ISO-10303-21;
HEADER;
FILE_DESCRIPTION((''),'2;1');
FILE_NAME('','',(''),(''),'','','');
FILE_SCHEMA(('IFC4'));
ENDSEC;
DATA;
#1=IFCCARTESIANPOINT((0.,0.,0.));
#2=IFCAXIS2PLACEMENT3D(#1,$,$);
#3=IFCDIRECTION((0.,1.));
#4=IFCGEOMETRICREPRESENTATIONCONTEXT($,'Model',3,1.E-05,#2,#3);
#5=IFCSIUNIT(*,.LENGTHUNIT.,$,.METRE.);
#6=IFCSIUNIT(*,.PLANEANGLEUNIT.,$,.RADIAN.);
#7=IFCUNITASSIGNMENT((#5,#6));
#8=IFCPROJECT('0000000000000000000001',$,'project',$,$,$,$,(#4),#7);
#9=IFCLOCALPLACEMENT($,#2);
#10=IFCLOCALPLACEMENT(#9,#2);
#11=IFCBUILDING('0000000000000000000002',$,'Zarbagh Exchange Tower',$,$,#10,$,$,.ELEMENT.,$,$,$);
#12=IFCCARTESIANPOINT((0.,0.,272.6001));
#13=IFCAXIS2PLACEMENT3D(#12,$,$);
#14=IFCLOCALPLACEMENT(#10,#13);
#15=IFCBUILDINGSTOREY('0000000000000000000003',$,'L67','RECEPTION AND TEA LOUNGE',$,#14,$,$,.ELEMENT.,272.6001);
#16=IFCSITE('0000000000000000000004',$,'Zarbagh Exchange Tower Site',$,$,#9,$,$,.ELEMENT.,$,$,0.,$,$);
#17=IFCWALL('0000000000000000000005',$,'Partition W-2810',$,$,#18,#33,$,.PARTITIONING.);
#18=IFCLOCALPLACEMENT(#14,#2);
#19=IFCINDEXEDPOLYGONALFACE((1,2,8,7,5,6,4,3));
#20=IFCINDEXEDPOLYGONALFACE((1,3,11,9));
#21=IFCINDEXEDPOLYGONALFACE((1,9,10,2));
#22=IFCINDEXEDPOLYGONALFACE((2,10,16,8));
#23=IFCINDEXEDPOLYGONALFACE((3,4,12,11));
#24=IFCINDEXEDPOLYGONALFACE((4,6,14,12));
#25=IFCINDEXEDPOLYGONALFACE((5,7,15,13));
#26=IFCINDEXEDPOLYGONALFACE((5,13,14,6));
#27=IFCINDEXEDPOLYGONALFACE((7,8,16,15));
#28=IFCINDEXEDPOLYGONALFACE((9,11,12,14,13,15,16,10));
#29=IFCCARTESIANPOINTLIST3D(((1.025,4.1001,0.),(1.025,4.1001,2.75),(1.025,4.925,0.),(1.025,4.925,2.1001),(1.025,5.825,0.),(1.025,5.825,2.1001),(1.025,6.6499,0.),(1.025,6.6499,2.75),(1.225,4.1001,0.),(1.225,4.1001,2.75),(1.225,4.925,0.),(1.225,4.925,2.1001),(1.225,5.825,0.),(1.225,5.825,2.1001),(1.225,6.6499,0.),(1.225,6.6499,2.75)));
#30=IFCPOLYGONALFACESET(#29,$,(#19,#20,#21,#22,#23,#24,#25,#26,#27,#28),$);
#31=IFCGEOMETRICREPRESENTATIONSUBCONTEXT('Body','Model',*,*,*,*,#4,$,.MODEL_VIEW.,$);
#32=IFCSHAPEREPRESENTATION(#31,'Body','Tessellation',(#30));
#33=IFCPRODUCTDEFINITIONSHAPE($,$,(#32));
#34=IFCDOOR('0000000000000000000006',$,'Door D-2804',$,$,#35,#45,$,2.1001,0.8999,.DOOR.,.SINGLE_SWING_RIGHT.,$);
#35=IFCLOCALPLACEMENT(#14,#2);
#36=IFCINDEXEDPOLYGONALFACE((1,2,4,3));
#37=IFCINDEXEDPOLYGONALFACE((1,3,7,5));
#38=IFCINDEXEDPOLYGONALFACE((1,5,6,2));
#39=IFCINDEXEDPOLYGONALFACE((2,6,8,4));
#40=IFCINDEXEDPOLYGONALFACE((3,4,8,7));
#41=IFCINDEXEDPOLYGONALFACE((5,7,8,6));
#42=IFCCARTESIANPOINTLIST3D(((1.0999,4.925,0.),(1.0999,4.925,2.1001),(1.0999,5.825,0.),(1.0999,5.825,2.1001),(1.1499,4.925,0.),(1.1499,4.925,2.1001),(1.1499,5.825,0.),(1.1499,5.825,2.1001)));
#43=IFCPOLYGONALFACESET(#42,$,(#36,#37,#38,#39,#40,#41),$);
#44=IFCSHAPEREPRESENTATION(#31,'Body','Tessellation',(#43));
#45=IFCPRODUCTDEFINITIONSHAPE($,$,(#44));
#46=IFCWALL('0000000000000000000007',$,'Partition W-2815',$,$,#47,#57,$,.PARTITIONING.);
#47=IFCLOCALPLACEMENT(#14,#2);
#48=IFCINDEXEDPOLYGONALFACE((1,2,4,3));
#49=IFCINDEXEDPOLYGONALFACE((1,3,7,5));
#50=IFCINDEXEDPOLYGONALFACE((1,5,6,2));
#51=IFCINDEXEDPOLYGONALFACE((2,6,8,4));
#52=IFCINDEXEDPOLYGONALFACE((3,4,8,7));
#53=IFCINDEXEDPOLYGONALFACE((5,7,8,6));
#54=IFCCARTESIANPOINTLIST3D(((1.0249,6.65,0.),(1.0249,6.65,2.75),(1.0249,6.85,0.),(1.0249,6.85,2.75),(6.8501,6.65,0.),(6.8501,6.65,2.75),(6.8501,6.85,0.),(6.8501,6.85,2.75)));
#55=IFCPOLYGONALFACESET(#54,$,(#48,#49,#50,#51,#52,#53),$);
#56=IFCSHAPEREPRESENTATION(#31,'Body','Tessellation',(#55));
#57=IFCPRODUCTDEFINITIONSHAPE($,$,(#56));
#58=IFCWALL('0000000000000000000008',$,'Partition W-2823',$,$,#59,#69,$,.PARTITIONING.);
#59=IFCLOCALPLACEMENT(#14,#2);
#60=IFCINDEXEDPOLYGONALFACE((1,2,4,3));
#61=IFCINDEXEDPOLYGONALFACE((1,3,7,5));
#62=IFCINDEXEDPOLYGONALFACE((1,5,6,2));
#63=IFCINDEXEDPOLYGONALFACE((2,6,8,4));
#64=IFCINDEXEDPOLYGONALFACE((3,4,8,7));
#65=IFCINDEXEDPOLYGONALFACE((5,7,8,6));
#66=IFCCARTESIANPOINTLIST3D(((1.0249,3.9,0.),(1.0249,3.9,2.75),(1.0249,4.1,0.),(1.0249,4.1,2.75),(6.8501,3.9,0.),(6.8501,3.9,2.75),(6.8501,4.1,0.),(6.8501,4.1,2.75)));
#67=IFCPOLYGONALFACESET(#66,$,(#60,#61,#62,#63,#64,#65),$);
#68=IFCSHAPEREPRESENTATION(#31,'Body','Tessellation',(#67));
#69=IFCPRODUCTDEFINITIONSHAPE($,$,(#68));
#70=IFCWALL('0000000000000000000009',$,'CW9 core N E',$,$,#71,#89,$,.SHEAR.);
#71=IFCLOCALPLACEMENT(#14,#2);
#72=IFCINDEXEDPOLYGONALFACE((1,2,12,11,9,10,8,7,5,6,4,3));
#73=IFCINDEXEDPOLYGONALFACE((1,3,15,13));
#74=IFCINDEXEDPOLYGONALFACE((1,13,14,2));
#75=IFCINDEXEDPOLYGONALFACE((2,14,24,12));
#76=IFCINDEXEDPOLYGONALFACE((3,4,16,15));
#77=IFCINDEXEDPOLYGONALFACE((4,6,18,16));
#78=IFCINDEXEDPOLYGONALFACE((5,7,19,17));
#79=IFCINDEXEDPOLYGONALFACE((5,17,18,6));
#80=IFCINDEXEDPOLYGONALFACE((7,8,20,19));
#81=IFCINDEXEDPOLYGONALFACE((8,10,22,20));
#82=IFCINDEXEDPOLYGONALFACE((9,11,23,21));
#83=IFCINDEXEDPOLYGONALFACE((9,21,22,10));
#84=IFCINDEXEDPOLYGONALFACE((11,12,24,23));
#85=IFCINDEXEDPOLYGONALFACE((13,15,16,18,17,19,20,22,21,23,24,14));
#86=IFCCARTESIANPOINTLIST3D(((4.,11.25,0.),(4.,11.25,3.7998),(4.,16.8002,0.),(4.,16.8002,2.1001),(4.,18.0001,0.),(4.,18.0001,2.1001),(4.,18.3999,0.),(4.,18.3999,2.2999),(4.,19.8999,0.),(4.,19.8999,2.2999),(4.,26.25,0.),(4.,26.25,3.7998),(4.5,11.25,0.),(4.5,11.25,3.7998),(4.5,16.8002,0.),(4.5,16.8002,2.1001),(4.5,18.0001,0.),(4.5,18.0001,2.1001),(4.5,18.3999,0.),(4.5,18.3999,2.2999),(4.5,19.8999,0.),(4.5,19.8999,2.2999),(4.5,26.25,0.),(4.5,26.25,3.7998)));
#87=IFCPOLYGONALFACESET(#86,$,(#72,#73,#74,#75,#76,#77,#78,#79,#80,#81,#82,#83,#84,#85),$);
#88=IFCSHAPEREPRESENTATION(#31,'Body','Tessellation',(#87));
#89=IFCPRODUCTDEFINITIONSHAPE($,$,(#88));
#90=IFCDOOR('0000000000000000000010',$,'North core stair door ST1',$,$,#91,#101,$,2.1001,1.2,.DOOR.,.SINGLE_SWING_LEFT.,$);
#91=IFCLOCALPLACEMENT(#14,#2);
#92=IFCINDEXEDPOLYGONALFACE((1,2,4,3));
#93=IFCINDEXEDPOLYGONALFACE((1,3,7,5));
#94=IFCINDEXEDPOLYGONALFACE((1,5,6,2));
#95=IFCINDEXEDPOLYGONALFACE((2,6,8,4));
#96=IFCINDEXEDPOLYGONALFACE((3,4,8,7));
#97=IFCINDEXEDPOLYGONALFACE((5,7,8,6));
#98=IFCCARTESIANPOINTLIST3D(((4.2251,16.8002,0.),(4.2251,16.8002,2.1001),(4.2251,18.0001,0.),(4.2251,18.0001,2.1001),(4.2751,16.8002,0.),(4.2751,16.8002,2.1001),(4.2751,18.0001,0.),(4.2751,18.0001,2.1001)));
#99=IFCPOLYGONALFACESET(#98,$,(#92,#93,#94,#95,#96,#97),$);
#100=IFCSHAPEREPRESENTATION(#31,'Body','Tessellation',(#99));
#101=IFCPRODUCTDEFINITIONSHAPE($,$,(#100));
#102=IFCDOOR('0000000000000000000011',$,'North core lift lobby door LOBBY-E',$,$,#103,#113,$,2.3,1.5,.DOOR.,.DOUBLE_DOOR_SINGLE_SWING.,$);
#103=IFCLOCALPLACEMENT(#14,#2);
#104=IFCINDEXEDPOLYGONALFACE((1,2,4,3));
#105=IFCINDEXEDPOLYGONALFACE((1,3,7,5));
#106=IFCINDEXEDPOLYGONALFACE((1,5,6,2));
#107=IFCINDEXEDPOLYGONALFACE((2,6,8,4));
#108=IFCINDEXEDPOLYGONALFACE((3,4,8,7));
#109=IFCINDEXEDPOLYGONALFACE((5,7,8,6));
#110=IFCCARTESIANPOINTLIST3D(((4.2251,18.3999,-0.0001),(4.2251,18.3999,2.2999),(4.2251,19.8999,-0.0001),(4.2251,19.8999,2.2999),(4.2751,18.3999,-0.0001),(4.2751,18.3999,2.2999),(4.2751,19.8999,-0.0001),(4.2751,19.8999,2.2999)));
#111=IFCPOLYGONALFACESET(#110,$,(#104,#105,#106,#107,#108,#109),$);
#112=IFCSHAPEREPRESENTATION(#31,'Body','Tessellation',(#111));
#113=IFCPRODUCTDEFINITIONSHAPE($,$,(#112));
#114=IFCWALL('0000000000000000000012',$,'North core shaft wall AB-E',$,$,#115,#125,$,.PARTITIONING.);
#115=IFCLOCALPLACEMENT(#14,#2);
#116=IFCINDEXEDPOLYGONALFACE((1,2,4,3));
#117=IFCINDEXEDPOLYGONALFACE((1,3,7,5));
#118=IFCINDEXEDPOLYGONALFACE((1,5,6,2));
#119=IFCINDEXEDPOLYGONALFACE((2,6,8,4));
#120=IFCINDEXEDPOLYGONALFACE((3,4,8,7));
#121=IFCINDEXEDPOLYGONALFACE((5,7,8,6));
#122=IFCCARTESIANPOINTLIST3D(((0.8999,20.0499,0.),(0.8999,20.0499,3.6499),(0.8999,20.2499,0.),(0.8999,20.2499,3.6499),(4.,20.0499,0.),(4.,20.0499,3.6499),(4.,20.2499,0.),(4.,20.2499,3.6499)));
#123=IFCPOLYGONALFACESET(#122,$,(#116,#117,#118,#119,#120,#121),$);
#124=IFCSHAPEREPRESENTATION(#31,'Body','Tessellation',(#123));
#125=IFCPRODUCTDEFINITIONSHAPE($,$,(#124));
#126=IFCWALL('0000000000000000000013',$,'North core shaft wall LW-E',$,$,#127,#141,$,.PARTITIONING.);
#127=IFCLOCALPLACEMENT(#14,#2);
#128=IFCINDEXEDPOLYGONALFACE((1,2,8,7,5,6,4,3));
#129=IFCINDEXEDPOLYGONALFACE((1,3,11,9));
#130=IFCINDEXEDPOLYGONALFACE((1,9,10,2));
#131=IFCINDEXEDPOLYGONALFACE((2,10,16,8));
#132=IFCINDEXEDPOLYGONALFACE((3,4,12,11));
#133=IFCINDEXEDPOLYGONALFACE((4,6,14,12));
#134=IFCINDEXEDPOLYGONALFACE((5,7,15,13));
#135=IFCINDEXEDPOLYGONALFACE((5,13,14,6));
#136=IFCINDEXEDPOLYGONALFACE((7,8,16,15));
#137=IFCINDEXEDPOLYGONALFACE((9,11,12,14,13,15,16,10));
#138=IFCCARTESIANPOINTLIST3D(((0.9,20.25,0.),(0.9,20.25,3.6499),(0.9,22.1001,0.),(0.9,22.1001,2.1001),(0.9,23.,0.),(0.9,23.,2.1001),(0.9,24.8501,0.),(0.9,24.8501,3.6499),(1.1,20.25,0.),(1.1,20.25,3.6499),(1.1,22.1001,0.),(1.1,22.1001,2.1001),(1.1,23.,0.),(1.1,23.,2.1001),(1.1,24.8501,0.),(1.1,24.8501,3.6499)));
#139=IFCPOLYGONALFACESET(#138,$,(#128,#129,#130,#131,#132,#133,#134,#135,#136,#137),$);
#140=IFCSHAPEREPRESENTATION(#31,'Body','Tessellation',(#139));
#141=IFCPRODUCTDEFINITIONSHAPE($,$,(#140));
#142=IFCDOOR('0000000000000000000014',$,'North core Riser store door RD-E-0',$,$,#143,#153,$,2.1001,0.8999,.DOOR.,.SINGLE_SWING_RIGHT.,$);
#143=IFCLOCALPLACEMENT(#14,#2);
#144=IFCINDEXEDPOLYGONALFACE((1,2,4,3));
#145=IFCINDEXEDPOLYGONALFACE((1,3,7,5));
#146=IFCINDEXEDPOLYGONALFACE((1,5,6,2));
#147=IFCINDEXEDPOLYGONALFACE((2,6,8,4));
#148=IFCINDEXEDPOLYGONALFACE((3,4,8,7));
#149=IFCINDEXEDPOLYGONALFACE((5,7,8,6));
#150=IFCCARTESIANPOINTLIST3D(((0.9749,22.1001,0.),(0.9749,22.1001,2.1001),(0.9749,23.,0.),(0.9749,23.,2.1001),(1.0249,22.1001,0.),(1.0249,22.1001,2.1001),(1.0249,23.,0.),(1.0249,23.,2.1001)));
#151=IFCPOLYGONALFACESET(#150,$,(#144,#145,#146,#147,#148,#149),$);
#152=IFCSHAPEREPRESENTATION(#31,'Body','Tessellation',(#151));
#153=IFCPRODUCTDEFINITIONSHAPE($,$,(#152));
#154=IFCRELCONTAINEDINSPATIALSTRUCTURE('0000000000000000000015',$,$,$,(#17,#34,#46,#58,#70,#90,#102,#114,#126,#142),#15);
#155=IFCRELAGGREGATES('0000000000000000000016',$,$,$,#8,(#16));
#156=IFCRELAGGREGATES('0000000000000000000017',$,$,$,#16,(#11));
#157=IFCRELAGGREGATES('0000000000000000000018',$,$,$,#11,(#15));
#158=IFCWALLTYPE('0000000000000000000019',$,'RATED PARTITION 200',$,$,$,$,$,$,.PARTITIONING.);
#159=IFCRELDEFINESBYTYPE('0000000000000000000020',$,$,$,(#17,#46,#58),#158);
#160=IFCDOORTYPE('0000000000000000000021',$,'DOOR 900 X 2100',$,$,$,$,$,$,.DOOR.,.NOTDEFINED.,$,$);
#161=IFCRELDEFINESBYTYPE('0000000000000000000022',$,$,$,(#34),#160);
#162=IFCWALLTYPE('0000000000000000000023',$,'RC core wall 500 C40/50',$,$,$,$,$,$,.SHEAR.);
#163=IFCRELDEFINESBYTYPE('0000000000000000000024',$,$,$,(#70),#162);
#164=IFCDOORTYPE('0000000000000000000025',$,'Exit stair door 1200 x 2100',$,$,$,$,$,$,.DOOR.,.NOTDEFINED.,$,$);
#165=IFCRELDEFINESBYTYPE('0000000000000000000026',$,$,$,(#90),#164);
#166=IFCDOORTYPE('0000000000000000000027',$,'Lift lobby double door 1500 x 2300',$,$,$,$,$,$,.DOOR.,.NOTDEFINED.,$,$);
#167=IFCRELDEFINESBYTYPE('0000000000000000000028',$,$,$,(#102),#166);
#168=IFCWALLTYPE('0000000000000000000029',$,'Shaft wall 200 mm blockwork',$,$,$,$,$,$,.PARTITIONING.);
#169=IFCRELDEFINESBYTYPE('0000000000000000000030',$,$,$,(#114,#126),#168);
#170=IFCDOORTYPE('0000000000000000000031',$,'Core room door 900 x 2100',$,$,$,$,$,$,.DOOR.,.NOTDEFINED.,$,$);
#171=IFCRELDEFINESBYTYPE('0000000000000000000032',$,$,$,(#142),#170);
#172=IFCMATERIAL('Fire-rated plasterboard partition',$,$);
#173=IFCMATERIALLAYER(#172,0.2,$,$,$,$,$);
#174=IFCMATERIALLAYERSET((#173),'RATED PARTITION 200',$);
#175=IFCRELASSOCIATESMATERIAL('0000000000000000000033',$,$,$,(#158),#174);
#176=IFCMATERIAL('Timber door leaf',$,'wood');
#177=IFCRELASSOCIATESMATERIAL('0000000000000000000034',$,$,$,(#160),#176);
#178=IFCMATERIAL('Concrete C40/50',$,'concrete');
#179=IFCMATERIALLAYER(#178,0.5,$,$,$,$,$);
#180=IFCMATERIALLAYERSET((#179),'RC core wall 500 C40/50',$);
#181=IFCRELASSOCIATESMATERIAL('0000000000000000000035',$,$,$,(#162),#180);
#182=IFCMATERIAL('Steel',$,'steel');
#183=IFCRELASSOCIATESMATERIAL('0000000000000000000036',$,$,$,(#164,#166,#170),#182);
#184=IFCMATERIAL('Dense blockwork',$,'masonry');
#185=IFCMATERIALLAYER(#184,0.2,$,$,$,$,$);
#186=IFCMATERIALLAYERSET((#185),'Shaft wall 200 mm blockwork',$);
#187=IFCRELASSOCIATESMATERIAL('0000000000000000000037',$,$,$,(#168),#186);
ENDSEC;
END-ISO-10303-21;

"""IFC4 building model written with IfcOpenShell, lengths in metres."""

from ifc_helpers import new_model, si_unit, direction, frame, frame_2d, origin, place, context, subcontext, project, spatial, rectangle, extrude, material, layer, layer_set, type_object, element, fill, save


model = new_model("IFC4")

# Units and contexts
model_context = context("Model", 3, precision=1e-05, world=origin(), true_north=direction((0.0, 1.0)))
body_context = subcontext(model_context, "Body", "Model", "MODEL_VIEW")
ifc_project = project(units=[si_unit("LENGTHUNIT", "METRE"), si_unit("PLANEANGLEUNIT", "RADIAN")], contexts=[model_context])

# Site, building, storey
site_placement = place(None, origin())
site = spatial("IfcSite", under=ifc_project, at=site_placement, Name="Zarbagh Exchange Tower Site", CompositionType="ELEMENT", RefElevation=0.0)
building_placement = place(site_placement, origin())
building = spatial("IfcBuilding", under=site, at=building_placement, Name="Zarbagh Exchange Tower", CompositionType="ELEMENT")
storey_placement = place(building_placement, frame((0.0, 0.0, 272.6001)))
storey = spatial("IfcBuildingStorey", under=building, at=storey_placement, Name="L67", Description="RECEPTION AND TEA LOUNGE", CompositionType="ELEMENT", Elevation=272.6001)

# Shared definitions
ifc_material_1 = material(Name="Concrete C40/50", Category="concrete")

# Shared definitions
ifc_material_2 = material(Name="Fire-rated plasterboard partition")
ifc_layer_1 = layer(ifc_material_2, 0.2)
ifc_layer_set_1 = layer_set([ifc_layer_1], Name="RATED PARTITION 200")
wall_type_1 = type_object("IfcWallType", Name="RATED PARTITION 200", PredefinedType="PARTITIONING", material=ifc_layer_set_1)
ifc_material_3 = material(Name="Timber door leaf", Category="wood")
door_type_1 = type_object("IfcDoorType", Name="DOOR 900 X 2100", OperationType="NOTDEFINED", PredefinedType="DOOR", material=ifc_material_3)

# Wall, opening, door
wall_1_placement = place(storey_placement, frame((1.125, 6.6499, 0.0), z_axis=(0.0, 0.0, 1.0), x_axis=(0.0, -1.0, 0.0)))
wall_1 = element("IfcWall", 1, at=wall_1_placement, inside=storey, type_object=wall_type_1, Name="Partition W-2810", PredefinedType="PARTITIONING", context=body_context, shape_type="SweptSolid", body=[
    extrude(rectangle(XDim=2.5498, YDim=0.2, at=frame_2d((1.2749, 0.0))), origin(), (0.0, 0.0, 1.0), 2.75),
])
opening_1_placement = place(wall_1_placement, frame((0.825, 0.0, 0.0)))
opening_1 = element("IfcOpeningElement", 2, at=opening_1_placement, cuts=wall_1, PredefinedType="OPENING", context=body_context, shape_type="SweptSolid", body=[
    extrude(rectangle(XDim=0.8999, YDim=2.1001, at=frame_2d((0.45, 1.05))), frame((0.0, 0.1099, 0.0), z_axis=(0.0, -1.0, 0.0), x_axis=(1.0, 0.0, 0.0)), (0.0, 0.0, 1.0), 0.22),
])
door_1_placement = place(opening_1_placement, origin())
door_1 = element("IfcDoor", 3, at=door_1_placement, inside=storey, type_object=door_type_1, Name="Door D-2804", OperationType="SINGLE_SWING_RIGHT", OverallHeight=2.1001, OverallWidth=0.8999, PredefinedType="DOOR", context=body_context, shape_type="SweptSolid", body=[
    extrude(rectangle(XDim=0.8999, YDim=2.1001, at=frame_2d((0.45, 1.05))), frame((0.0, 0.0249, 0.0), z_axis=(0.0, -1.0, 0.0), x_axis=(1.0, 0.0, 0.0)), (0.0, 0.0, 1.0), 0.05),
])
fill(opening_1, door_1)

# Walls
for number, where, z_axis, x_axis, name in (
    (4, (1.0249, 6.75, 0.0), (0.0, 0.0, 1.0), (1.0, 0.0, 0.0), "Partition W-2815"),
    (5, (1.0249, 4.0, 0.0), (0.0, 0.0, 1.0), (1.0, 0.0, 0.0), "Partition W-2823"),
):
    element("IfcWall", number, at=place(storey_placement, frame(where, z_axis=z_axis, x_axis=x_axis)), inside=storey, type_object=wall_type_1, Name=name, PredefinedType="PARTITIONING", context=body_context, shape_type="SweptSolid", body=[
        extrude(rectangle(XDim=5.8252, YDim=0.2, at=frame_2d((2.9126, 0.0))), origin(), (0.0, 0.0, 1.0), 2.75),
    ])

# Wall, openings, doors
ifc_layer_2 = layer(ifc_material_1, 0.5)
ifc_layer_set_2 = layer_set([ifc_layer_2], Name="RC core wall 500 C40/50")
wall_type_2 = type_object("IfcWallType", Name="RC core wall 500 C40/50", PredefinedType="SHEAR", material=ifc_layer_set_2)
wall_2_placement = place(storey_placement, frame((4.25, 11.25, 0.0), z_axis=(0.0, 0.0, 1.0), x_axis=(0.0, 1.0, 0.0)))
wall_2 = element("IfcWall", 6, at=wall_2_placement, inside=storey, type_object=wall_type_2, Name="CW9 core N E", PredefinedType="SHEAR", context=body_context, shape_type="SweptSolid", body=[
    extrude(rectangle(XDim=15.0, YDim=0.5, at=frame_2d((7.5, 0.0))), origin(), (0.0, 0.0, 1.0), 3.7998),
])
opening_2_placement = place(wall_2_placement, frame((7.1499, 0.0, 0.0)))
opening_2 = element("IfcOpeningElement", 7, at=opening_2_placement, cuts=wall_2, PredefinedType="OPENING", context=body_context, shape_type="SweptSolid", body=[
    extrude(rectangle(XDim=1.5, YDim=2.3, at=frame_2d((0.75, 1.1499))), frame((0.0, 0.26, 0.0), z_axis=(0.0, -1.0, 0.0), x_axis=(1.0, 0.0, 0.0)), (0.0, 0.0, 1.0), 0.52),
])
opening_3_placement = place(wall_2_placement, frame((5.55, 0.0, 0.0)))
opening_3 = element("IfcOpeningElement", 8, at=opening_3_placement, cuts=wall_2, PredefinedType="OPENING", context=body_context, shape_type="SweptSolid", body=[
    extrude(rectangle(XDim=1.2, YDim=2.1001, at=frame_2d((0.6001, 1.05))), frame((0.0, 0.26, 0.0), z_axis=(0.0, -1.0, 0.0), x_axis=(1.0, 0.0, 0.0)), (0.0, 0.0, 1.0), 0.52),
])
ifc_material_4 = material(Name="Steel", Category="steel")
door_type_2 = type_object("IfcDoorType", Name="Exit stair door 1200 x 2100", OperationType="NOTDEFINED", PredefinedType="DOOR", material=ifc_material_4)
door_2_placement = place(opening_3_placement, origin())
door_2 = element("IfcDoor", 9, at=door_2_placement, inside=storey, type_object=door_type_2, Name="North core stair door ST1", OperationType="SINGLE_SWING_LEFT", OverallHeight=2.1001, OverallWidth=1.2, PredefinedType="DOOR", context=body_context, shape_type="SweptSolid", body=[
    extrude(rectangle(XDim=1.2, YDim=2.1001, at=frame_2d((0.6001, 1.05))), frame((0.0, 0.0249, 0.0), z_axis=(0.0, -1.0, 0.0), x_axis=(1.0, 0.0, 0.0)), (0.0, 0.0, 1.0), 0.05),
])
fill(opening_3, door_2)
door_type_3 = type_object("IfcDoorType", Name="Lift lobby double door 1500 x 2300", OperationType="NOTDEFINED", PredefinedType="DOOR", material=ifc_material_4)
door_3_placement = place(opening_2_placement, origin())
door_3 = element("IfcDoor", 10, at=door_3_placement, inside=storey, type_object=door_type_3, Name="North core lift lobby door LOBBY-E", OperationType="DOUBLE_DOOR_SINGLE_SWING", OverallHeight=2.3, OverallWidth=1.5, PredefinedType="DOOR", context=body_context, shape_type="SweptSolid", body=[
    extrude(rectangle(XDim=1.5, YDim=2.3, at=frame_2d((0.75, 1.1499))), frame((0.0, 0.0249, 0.0), z_axis=(0.0, -1.0, 0.0), x_axis=(1.0, 0.0, 0.0)), (0.0, 0.0, 1.0), 0.05),
])
fill(opening_2, door_3)

# Wall
ifc_material_5 = material(Name="Dense blockwork", Category="masonry")
ifc_layer_3 = layer(ifc_material_5, 0.2)
ifc_layer_set_3 = layer_set([ifc_layer_3], Name="Shaft wall 200 mm blockwork")
wall_type_3 = type_object("IfcWallType", Name="Shaft wall 200 mm blockwork", PredefinedType="PARTITIONING", material=ifc_layer_set_3)
wall_3_placement = place(storey_placement, frame((0.8999, 20.1499, 0.0), z_axis=(0.0, 0.0, 1.0), x_axis=(1.0, 0.0, 0.0)))
element("IfcWall", 11, at=wall_3_placement, inside=storey, type_object=wall_type_3, Name="North core shaft wall AB-E", PredefinedType="PARTITIONING", context=body_context, shape_type="SweptSolid", body=[
    extrude(rectangle(XDim=3.1001, YDim=0.2, at=frame_2d((1.55, 0.0))), origin(), (0.0, 0.0, 1.0), 3.6499),
])

# Wall, opening, door
wall_4_placement = place(storey_placement, frame((1.0, 24.8501, 0.0), z_axis=(0.0, 0.0, 1.0), x_axis=(0.0, -1.0, 0.0)))
wall_4 = element("IfcWall", 12, at=wall_4_placement, inside=storey, type_object=wall_type_3, Name="North core shaft wall LW-E", PredefinedType="PARTITIONING", context=body_context, shape_type="SweptSolid", body=[
    extrude(rectangle(XDim=4.6001, YDim=0.2, at=frame_2d((2.3, 0.0))), origin(), (0.0, 0.0, 1.0), 3.6499),
])
opening_4_placement = place(wall_4_placement, frame((1.8501, 0.0, 0.0)))
opening_4 = element("IfcOpeningElement", 13, at=opening_4_placement, cuts=wall_4, PredefinedType="OPENING", context=body_context, shape_type="SweptSolid", body=[
    extrude(rectangle(XDim=0.8999, YDim=2.1001, at=frame_2d((0.45, 1.05))), frame((0.0, 0.1099, 0.0), z_axis=(0.0, -1.0, 0.0), x_axis=(1.0, 0.0, 0.0)), (0.0, 0.0, 1.0), 0.22),
])
door_type_4 = type_object("IfcDoorType", Name="Core room door 900 x 2100", OperationType="NOTDEFINED", PredefinedType="DOOR", material=ifc_material_4)
door_4_placement = place(opening_4_placement, origin())
door_4 = element("IfcDoor", 14, at=door_4_placement, inside=storey, type_object=door_type_4, Name="North core Riser store door RD-E-0", OperationType="SINGLE_SWING_RIGHT", OverallHeight=2.1001, OverallWidth=0.8999, PredefinedType="DOOR", context=body_context, shape_type="SweptSolid", body=[
    extrude(rectangle(XDim=0.8999, YDim=2.1001, at=frame_2d((0.45, 1.05))), frame((0.0, 0.0249, 0.0), z_axis=(0.0, -1.0, 0.0), x_axis=(1.0, 0.0, 0.0)), (0.0, 0.0, 1.0), 0.05),
])
fill(opening_4, door_4)

save(model, "model.ifc")
